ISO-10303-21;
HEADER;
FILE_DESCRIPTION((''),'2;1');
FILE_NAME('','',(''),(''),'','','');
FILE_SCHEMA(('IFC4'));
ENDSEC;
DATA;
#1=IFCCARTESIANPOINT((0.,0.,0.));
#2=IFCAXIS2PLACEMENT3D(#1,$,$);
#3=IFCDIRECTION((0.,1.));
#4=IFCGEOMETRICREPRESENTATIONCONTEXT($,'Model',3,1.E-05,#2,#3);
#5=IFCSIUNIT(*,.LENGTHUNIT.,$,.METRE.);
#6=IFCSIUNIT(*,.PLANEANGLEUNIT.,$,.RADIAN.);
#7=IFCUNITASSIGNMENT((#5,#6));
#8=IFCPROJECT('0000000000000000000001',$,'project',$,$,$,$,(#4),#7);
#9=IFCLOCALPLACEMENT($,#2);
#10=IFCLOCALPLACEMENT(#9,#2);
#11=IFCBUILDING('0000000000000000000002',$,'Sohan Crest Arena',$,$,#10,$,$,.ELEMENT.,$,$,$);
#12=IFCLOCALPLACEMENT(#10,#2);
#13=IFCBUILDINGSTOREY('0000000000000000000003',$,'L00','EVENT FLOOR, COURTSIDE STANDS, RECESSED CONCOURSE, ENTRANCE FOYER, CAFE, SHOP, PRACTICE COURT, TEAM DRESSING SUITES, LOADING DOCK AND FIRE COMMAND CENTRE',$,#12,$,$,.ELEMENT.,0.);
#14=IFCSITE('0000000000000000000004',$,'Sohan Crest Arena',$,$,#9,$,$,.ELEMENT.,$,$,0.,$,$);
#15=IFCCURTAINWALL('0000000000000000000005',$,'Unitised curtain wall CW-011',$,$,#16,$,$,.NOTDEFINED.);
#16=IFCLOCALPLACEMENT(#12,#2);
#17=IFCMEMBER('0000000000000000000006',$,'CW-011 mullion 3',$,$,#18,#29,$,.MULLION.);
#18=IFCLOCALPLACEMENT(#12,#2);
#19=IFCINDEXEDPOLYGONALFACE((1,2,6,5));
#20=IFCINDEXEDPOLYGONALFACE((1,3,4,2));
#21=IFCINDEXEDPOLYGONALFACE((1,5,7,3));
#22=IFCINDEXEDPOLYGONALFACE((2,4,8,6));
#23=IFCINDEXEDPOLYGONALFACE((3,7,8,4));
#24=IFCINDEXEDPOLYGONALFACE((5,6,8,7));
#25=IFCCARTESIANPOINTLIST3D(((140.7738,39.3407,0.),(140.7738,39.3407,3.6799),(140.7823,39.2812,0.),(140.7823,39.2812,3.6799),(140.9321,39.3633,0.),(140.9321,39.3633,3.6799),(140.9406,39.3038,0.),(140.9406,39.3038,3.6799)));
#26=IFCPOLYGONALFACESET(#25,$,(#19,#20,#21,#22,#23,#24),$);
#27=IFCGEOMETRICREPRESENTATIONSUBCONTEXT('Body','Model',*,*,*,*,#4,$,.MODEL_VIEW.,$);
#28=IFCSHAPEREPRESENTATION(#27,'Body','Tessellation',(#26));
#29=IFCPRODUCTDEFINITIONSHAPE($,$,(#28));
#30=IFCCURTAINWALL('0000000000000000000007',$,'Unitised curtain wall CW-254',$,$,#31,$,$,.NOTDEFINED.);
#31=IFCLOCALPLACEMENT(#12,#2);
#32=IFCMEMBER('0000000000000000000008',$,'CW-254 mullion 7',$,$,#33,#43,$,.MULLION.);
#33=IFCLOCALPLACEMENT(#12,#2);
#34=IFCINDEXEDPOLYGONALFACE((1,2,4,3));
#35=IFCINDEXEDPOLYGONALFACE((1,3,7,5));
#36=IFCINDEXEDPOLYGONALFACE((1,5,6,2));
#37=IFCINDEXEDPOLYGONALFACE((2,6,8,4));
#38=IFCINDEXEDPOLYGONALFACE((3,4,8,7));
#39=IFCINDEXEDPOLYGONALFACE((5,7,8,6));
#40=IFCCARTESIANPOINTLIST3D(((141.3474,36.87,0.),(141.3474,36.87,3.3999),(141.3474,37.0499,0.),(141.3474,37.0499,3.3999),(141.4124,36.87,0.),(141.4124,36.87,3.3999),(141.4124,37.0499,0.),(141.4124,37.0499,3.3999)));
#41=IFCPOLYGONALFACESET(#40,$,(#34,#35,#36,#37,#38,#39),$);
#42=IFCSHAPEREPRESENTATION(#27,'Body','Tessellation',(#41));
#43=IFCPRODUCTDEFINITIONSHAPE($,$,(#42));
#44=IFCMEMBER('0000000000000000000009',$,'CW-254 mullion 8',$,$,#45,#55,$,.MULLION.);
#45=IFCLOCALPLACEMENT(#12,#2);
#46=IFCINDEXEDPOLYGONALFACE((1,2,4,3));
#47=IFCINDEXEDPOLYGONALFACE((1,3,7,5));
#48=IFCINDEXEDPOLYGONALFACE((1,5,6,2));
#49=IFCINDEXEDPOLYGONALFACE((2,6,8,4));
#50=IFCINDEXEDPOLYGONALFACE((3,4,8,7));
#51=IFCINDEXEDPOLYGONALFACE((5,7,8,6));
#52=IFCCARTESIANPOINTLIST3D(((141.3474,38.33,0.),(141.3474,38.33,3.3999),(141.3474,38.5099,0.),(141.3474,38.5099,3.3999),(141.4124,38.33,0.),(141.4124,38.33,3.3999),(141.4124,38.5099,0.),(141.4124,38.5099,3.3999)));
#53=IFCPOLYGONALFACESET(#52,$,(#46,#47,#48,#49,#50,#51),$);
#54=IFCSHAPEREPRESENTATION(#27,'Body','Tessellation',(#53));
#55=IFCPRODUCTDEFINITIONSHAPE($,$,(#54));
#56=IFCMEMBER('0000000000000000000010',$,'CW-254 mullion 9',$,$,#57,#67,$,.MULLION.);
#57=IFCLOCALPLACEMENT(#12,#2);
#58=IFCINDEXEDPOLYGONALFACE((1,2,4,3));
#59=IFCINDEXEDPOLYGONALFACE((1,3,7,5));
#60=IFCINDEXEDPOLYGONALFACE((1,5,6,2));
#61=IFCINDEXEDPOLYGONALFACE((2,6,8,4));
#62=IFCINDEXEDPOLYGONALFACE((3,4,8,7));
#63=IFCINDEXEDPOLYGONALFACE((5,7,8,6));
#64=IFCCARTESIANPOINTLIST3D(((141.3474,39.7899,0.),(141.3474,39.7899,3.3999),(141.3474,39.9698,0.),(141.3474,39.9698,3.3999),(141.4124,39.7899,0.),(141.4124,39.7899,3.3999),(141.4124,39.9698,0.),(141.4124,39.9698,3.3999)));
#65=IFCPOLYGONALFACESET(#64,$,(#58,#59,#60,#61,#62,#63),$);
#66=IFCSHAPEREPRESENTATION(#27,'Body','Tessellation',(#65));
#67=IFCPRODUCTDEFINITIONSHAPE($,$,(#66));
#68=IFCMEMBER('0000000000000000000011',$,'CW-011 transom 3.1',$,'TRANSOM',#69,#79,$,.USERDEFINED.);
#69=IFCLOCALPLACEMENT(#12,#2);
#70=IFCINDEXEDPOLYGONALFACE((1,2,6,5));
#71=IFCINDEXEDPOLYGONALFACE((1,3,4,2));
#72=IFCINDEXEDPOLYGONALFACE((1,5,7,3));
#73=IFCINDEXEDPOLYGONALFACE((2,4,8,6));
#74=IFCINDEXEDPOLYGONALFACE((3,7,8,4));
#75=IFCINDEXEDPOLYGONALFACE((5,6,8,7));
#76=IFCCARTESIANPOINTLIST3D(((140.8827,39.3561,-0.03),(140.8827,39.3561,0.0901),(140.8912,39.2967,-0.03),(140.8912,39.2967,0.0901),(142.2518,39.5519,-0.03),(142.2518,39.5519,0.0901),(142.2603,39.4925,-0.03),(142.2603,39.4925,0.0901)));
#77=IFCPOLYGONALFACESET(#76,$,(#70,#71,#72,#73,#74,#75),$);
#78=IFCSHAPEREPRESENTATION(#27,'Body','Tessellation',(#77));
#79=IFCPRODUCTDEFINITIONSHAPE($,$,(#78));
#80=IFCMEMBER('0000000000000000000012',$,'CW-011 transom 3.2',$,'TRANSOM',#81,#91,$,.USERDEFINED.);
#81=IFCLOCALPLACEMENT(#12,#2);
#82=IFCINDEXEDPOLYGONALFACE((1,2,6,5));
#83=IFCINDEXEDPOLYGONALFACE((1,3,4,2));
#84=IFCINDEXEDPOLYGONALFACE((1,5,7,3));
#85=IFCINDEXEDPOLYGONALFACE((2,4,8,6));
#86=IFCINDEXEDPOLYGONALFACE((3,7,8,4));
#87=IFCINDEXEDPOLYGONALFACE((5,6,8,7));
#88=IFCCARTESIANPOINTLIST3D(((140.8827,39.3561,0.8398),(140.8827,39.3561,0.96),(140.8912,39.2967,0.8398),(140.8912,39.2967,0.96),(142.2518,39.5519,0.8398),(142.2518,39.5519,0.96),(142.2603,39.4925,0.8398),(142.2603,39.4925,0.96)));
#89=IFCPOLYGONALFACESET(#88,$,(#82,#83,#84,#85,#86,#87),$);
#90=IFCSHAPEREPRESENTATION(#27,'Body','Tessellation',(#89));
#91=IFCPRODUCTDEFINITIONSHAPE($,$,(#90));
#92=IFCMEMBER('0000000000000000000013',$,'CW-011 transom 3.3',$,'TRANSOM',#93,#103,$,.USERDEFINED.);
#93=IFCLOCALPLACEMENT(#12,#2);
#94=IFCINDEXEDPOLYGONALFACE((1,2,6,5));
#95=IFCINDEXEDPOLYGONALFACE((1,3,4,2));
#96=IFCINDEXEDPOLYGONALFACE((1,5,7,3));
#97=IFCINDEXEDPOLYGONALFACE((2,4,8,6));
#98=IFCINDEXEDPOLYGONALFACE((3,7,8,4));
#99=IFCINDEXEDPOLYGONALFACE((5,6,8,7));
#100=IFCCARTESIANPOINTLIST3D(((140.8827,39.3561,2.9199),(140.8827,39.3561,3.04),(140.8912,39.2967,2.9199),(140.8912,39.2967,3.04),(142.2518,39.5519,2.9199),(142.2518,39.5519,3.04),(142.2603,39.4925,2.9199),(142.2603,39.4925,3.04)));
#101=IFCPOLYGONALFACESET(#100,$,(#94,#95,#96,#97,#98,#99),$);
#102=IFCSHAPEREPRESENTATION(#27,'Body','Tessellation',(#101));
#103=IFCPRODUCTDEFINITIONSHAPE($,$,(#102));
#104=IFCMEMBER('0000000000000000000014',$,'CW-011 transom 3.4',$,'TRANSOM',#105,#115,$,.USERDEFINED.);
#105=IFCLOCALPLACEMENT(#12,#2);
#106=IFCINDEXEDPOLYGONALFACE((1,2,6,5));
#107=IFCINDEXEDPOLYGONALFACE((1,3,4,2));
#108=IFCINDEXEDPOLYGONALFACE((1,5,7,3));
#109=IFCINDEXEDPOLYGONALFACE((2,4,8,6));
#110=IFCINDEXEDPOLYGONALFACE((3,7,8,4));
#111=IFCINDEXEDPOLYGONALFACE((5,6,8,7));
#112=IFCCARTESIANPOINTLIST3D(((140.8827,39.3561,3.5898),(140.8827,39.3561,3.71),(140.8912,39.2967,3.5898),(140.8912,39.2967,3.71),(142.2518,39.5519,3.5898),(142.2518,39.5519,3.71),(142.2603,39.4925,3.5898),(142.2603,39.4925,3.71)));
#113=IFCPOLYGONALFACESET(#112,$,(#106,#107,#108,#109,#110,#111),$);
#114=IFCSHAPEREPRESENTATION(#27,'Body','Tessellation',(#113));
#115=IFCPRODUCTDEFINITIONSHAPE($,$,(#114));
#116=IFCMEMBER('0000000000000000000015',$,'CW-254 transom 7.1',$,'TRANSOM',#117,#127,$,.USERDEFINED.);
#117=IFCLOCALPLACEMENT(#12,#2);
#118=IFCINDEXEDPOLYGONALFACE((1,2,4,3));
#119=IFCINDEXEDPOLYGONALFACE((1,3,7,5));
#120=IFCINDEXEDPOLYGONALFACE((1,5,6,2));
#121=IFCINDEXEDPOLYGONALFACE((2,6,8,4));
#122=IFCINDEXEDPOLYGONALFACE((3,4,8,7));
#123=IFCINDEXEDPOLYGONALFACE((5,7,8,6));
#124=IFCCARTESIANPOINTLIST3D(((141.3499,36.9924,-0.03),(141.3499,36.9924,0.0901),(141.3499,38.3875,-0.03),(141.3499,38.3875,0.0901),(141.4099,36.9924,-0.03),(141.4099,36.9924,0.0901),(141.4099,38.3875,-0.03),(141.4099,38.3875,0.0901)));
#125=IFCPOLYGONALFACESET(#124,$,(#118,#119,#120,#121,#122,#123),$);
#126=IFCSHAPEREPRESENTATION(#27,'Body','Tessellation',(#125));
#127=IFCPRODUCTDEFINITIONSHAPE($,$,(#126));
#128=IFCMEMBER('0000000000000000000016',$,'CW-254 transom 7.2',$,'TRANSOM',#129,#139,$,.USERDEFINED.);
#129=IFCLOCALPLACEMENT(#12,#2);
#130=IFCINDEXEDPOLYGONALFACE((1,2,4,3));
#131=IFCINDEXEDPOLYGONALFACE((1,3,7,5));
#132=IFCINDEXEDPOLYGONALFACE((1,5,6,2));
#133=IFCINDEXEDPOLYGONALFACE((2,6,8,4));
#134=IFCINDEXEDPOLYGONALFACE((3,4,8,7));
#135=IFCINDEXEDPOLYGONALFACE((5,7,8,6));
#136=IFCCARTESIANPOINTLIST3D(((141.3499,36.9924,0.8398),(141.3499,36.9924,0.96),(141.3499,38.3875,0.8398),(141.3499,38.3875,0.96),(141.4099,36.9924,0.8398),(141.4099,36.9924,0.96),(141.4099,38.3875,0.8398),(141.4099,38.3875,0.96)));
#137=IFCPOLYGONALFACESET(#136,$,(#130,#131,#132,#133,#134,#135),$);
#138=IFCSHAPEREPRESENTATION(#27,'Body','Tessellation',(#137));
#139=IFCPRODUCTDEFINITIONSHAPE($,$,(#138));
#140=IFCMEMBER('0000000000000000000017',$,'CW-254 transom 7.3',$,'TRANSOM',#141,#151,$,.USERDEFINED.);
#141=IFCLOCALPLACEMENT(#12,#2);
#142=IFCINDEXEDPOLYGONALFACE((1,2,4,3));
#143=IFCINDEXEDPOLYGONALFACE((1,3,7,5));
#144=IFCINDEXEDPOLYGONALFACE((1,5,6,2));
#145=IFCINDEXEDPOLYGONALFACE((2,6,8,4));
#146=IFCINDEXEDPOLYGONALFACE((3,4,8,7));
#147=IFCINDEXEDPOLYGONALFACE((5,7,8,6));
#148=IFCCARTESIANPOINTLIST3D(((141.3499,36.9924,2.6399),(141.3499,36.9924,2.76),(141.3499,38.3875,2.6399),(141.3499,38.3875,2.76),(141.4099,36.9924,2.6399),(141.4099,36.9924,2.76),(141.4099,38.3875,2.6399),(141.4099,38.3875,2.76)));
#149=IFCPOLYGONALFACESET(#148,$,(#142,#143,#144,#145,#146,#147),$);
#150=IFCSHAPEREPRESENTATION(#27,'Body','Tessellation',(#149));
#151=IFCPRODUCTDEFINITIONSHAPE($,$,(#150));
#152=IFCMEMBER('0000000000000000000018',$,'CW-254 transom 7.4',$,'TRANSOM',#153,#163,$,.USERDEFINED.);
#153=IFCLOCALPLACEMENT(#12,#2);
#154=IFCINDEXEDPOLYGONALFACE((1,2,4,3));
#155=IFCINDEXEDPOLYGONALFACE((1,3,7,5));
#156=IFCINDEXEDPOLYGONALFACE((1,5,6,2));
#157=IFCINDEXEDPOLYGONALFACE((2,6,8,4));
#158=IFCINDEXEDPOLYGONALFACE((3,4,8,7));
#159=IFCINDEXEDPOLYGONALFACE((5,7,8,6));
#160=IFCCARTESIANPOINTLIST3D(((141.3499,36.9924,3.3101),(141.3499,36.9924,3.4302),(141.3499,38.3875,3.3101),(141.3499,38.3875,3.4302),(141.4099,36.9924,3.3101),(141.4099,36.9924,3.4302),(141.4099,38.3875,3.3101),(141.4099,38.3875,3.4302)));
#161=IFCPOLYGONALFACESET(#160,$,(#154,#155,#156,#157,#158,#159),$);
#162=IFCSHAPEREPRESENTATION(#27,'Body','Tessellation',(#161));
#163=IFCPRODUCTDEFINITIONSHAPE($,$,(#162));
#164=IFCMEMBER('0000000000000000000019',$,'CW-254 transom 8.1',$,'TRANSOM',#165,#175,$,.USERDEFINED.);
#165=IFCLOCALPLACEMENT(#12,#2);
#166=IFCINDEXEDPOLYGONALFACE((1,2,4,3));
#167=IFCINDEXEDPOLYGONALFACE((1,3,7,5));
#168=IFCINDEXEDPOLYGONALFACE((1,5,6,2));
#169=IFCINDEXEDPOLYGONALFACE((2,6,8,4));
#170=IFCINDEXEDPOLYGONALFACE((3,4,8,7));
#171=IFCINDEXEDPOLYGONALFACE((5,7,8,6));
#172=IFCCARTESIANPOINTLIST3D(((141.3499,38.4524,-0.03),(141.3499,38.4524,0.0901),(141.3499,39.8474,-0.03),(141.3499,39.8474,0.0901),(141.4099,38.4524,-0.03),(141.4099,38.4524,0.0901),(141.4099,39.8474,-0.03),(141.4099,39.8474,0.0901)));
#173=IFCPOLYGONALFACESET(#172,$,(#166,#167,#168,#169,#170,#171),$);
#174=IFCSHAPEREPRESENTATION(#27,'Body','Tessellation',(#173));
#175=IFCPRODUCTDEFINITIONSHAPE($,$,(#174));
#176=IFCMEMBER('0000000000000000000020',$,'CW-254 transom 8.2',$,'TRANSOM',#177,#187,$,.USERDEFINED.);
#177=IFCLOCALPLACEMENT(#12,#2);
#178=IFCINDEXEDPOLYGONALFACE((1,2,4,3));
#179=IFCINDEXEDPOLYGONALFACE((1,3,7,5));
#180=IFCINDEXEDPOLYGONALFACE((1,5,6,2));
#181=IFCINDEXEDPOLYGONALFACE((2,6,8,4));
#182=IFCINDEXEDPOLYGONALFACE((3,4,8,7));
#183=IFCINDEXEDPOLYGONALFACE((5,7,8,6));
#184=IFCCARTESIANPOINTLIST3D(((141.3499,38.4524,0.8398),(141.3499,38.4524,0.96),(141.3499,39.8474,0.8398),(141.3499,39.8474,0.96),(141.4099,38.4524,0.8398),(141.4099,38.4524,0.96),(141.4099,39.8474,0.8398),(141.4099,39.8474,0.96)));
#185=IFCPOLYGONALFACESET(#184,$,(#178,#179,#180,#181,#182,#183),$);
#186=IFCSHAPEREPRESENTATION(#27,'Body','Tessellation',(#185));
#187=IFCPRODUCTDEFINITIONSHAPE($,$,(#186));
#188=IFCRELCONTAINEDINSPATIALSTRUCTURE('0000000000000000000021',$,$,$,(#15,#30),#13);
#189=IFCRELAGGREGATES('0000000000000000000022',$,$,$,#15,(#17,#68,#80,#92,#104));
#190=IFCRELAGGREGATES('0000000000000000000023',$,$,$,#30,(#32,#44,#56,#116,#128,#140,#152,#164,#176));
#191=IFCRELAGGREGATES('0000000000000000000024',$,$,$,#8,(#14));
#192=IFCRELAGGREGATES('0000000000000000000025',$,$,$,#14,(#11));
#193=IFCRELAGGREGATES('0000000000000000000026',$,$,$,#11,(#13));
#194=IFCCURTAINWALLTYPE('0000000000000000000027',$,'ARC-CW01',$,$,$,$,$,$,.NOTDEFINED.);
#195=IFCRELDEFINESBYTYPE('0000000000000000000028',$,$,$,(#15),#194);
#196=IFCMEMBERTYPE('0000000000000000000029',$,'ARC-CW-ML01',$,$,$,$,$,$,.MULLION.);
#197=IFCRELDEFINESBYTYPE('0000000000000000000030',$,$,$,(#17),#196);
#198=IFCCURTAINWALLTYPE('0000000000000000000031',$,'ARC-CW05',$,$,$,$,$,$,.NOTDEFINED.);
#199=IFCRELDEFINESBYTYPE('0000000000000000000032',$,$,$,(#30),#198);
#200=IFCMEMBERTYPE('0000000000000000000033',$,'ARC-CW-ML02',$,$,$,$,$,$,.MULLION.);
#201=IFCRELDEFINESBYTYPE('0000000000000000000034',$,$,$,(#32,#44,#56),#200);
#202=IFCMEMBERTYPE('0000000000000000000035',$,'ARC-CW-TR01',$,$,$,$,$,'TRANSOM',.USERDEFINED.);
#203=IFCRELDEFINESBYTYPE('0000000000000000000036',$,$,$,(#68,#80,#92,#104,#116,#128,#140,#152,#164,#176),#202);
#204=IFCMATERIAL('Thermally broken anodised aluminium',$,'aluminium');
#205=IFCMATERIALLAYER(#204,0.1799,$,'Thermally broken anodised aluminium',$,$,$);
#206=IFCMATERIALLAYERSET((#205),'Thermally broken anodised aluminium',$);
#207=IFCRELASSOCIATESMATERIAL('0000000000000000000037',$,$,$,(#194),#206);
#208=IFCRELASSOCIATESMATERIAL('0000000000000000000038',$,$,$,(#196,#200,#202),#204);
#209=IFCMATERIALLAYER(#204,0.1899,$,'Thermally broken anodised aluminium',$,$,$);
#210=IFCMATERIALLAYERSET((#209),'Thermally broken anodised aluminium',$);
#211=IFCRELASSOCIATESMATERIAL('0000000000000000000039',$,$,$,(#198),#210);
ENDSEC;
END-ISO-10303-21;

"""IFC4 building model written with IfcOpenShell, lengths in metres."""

from ifc_helpers import new_model, si_unit, direction, frame, origin, origin_2d, place, context, subcontext, project, spatial, rectangle, extrude, material, layer, layer_set, material_profile, profile_set, type_object, element, aggregate, save


model = new_model("IFC4")

# Units and contexts
model_context = context("Model", 3, precision=1e-05, world=origin(), true_north=direction((0.0, 1.0)))
body_context = subcontext(model_context, "Body", "Model", "MODEL_VIEW")
ifc_project = project(units=[si_unit("LENGTHUNIT", "METRE"), si_unit("PLANEANGLEUNIT", "RADIAN")], contexts=[model_context])

# Site, building, storey
site_placement = place(None, origin())
site = spatial("IfcSite", under=ifc_project, at=site_placement, Name="Sohan Crest Arena", CompositionType="ELEMENT", RefElevation=0.0)
building_placement = place(site_placement, origin())
building = spatial("IfcBuilding", under=site, at=building_placement, Name="Sohan Crest Arena", CompositionType="ELEMENT")
storey_placement = place(building_placement, origin())
storey = spatial("IfcBuildingStorey", under=building, at=storey_placement, Name="L00", Description="EVENT FLOOR, COURTSIDE STANDS, RECESSED CONCOURSE, ENTRANCE FOYER, CAFE, SHOP, PRACTICE COURT, TEAM DRESSING SUITES, LOADING DOCK AND FIRE COMMAND CENTRE", CompositionType="ELEMENT", Elevation=0.0)

# Curtain wall, member
ifc_material_1 = material(Name="Thermally broken anodised aluminium", Category="aluminium")
ifc_layer_1 = layer(ifc_material_1, 0.1799, Name="Thermally broken anodised aluminium")
ifc_layer_set_1 = layer_set([ifc_layer_1], Name="Thermally broken anodised aluminium")
curtain_wall_type_1 = type_object("IfcCurtainWallType", Name="ARC-CW01", PredefinedType="NOTDEFINED", material=ifc_layer_set_1)
curtain_wall_1_placement = place(storey_placement, origin())
curtain_wall_1 = element("IfcCurtainWall", 1, at=curtain_wall_1_placement, inside=storey, type_object=curtain_wall_type_1, Name="Unitised curtain wall CW-011", PredefinedType="NOTDEFINED")
ifc_material_profile_1 = material_profile(ifc_material_1, rectangle(XDim=0.0601, YDim=0.1599, at=origin_2d()), Name="ALU-MULL 60x160")
ifc_profile_set_1 = profile_set([ifc_material_profile_1], Name="Thermally broken anodised aluminium")
member_type_1 = type_object("IfcMemberType", Name="ARC-CW-ML01", PredefinedType="MULLION", material=ifc_profile_set_1)
member_1_placement = place(storey_placement, frame((140.8572, 39.3223, 0.0), z_axis=(0.0, 0.0, 1.0), x_axis=(-0.141463, 0.989944, 0.0)))
member_1 = element("IfcMember", 2, at=member_1_placement, type_object=member_type_1, Name="CW-011 mullion 3", PredefinedType="MULLION", context=body_context, shape_type="SweptSolid", body=[
    extrude(rectangle(XDim=0.0601, YDim=0.1599, at=origin_2d()), origin(), (0.0, 0.0, 1.0), 3.6799),
])

# Curtain wall, members
ifc_layer_2 = layer(ifc_material_1, 0.1899, Name="Thermally broken anodised aluminium")
ifc_layer_set_2 = layer_set([ifc_layer_2], Name="Thermally broken anodised aluminium")
curtain_wall_type_2 = type_object("IfcCurtainWallType", Name="ARC-CW05", PredefinedType="NOTDEFINED", material=ifc_layer_set_2)
curtain_wall_2_placement = place(storey_placement, origin())
curtain_wall_2 = element("IfcCurtainWall", 3, at=curtain_wall_2_placement, inside=storey, type_object=curtain_wall_type_2, Name="Unitised curtain wall CW-254", PredefinedType="NOTDEFINED")
ifc_material_profile_2 = material_profile(ifc_material_1, rectangle(XDim=0.0649, YDim=0.1799, at=origin_2d()), Name="ALU-MULL 65x180")
ifc_profile_set_2 = profile_set([ifc_material_profile_2], Name="Thermally broken anodised aluminium")
member_type_2 = type_object("IfcMemberType", Name="ARC-CW-ML02", PredefinedType="MULLION", material=ifc_profile_set_2)
member_2_placement = place(storey_placement, frame((141.3799, 36.96, 0.0), z_axis=(0.0, 0.0, 1.0), x_axis=(-1.0, 0.0, 0.0)))
member_2 = element("IfcMember", 4, at=member_2_placement, type_object=member_type_2, Name="CW-254 mullion 7", PredefinedType="MULLION", context=body_context, shape_type="SweptSolid", body=[
    extrude(rectangle(XDim=0.0649, YDim=0.1799, at=origin_2d()), origin(), (0.0, 0.0, 1.0), 3.3999),
])
member_3_placement = place(storey_placement, frame((141.3799, 38.4199, 0.0), z_axis=(0.0, 0.0, 1.0), x_axis=(-1.0, 0.0, 0.0)))
member_3 = element("IfcMember", 5, at=member_3_placement, type_object=member_type_2, Name="CW-254 mullion 8", PredefinedType="MULLION", context=body_context, shape_type="SweptSolid", body=[
    extrude(rectangle(XDim=0.0649, YDim=0.1799, at=origin_2d()), origin(), (0.0, 0.0, 1.0), 3.3999),
])
member_4_placement = place(storey_placement, frame((141.3799, 39.8799, 0.0), z_axis=(0.0, 0.0, 1.0), x_axis=(-1.0, 0.0, 0.0)))
member_4 = element("IfcMember", 6, at=member_4_placement, type_object=member_type_2, Name="CW-254 mullion 9", PredefinedType="MULLION", context=body_context, shape_type="SweptSolid", body=[
    extrude(rectangle(XDim=0.0649, YDim=0.1799, at=origin_2d()), origin(), (0.0, 0.0, 1.0), 3.3999),
])

# Members
ifc_material_profile_3 = material_profile(ifc_material_1, rectangle(XDim=0.0601, YDim=0.1201, at=origin_2d()), Name="ALU-TRAN 60x120")
ifc_profile_set_3 = profile_set([ifc_material_profile_3], Name="Thermally broken anodised aluminium")
member_type_3 = type_object("IfcMemberType", Name="ARC-CW-TR01", ElementType="TRANSOM", PredefinedType="USERDEFINED", material=ifc_profile_set_3)
member_5_placement = place(storey_placement, frame((140.887, 39.3264, 0.03), z_axis=(0.989928, 0.14157, 0.0), x_axis=(-0.14157, 0.989928, 0.0)))
member_5 = element("IfcMember", 7, at=member_5_placement, type_object=member_type_3, Name="CW-011 transom 3.1", ObjectType="TRANSOM", PredefinedType="USERDEFINED", context=body_context, shape_type="SweptSolid", body=[
    extrude(rectangle(XDim=0.0601, YDim=0.1201, at=origin_2d()), origin(), (0.0, 0.0, 1.0), 1.3831),
])
member_6_placement = place(storey_placement, frame((140.887, 39.3264, 0.8999), z_axis=(0.989928, 0.14157, 0.0), x_axis=(-0.14157, 0.989928, 0.0)))
member_6 = element("IfcMember", 8, at=member_6_placement, type_object=member_type_3, Name="CW-011 transom 3.2", ObjectType="TRANSOM", PredefinedType="USERDEFINED", context=body_context, shape_type="SweptSolid", body=[
    extrude(rectangle(XDim=0.0601, YDim=0.1201, at=origin_2d()), origin(), (0.0, 0.0, 1.0), 1.3831),
])
member_7_placement = place(storey_placement, frame((140.887, 39.3264, 2.98), z_axis=(0.989928, 0.14157, 0.0), x_axis=(-0.14157, 0.989928, 0.0)))
member_7 = element("IfcMember", 9, at=member_7_placement, type_object=member_type_3, Name="CW-011 transom 3.3", ObjectType="TRANSOM", PredefinedType="USERDEFINED", context=body_context, shape_type="SweptSolid", body=[
    extrude(rectangle(XDim=0.0601, YDim=0.1201, at=origin_2d()), origin(), (0.0, 0.0, 1.0), 1.3831),
])
member_8_placement = place(storey_placement, frame((140.887, 39.3264, 3.6499), z_axis=(0.989928, 0.14157, 0.0), x_axis=(-0.14157, 0.989928, 0.0)))
member_8 = element("IfcMember", 10, at=member_8_placement, type_object=member_type_3, Name="CW-011 transom 3.4", ObjectType="TRANSOM", PredefinedType="USERDEFINED", context=body_context, shape_type="SweptSolid", body=[
    extrude(rectangle(XDim=0.0601, YDim=0.1201, at=origin_2d()), origin(), (0.0, 0.0, 1.0), 1.3831),
])
member_9_placement = place(storey_placement, frame((141.3799, 36.9924, 0.03), z_axis=(0.0, 1.0, 0.0), x_axis=(-1.0, 0.0, 0.0)))
member_9 = element("IfcMember", 11, at=member_9_placement, type_object=member_type_3, Name="CW-254 transom 7.1", ObjectType="TRANSOM", PredefinedType="USERDEFINED", context=body_context, shape_type="SweptSolid", body=[
    extrude(rectangle(XDim=0.0601, YDim=0.1201, at=origin_2d()), origin(), (0.0, 0.0, 1.0), 1.395),
])
member_10_placement = place(storey_placement, frame((141.3799, 36.9924, 0.8999), z_axis=(0.0, 1.0, 0.0), x_axis=(-1.0, 0.0, 0.0)))
member_10 = element("IfcMember", 12, at=member_10_placement, type_object=member_type_3, Name="CW-254 transom 7.2", ObjectType="TRANSOM", PredefinedType="USERDEFINED", context=body_context, shape_type="SweptSolid", body=[
    extrude(rectangle(XDim=0.0601, YDim=0.1201, at=origin_2d()), origin(), (0.0, 0.0, 1.0), 1.395),
])
member_11_placement = place(storey_placement, frame((141.3799, 36.9924, 2.7), z_axis=(0.0, 1.0, 0.0), x_axis=(-1.0, 0.0, 0.0)))
member_11 = element("IfcMember", 13, at=member_11_placement, type_object=member_type_3, Name="CW-254 transom 7.3", ObjectType="TRANSOM", PredefinedType="USERDEFINED", context=body_context, shape_type="SweptSolid", body=[
    extrude(rectangle(XDim=0.0601, YDim=0.1201, at=origin_2d()), origin(), (0.0, 0.0, 1.0), 1.395),
])
member_12_placement = place(storey_placement, frame((141.3799, 36.9924, 3.3701), z_axis=(0.0, 1.0, 0.0), x_axis=(-1.0, 0.0, 0.0)))
member_12 = element("IfcMember", 14, at=member_12_placement, type_object=member_type_3, Name="CW-254 transom 7.4", ObjectType="TRANSOM", PredefinedType="USERDEFINED", context=body_context, shape_type="SweptSolid", body=[
    extrude(rectangle(XDim=0.0601, YDim=0.1201, at=origin_2d()), origin(), (0.0, 0.0, 1.0), 1.395),
])
member_13_placement = place(storey_placement, frame((141.3799, 38.4524, 0.03), z_axis=(0.0, 1.0, 0.0), x_axis=(-1.0, 0.0, 0.0)))
member_13 = element("IfcMember", 15, at=member_13_placement, type_object=member_type_3, Name="CW-254 transom 8.1", ObjectType="TRANSOM", PredefinedType="USERDEFINED", context=body_context, shape_type="SweptSolid", body=[
    extrude(rectangle(XDim=0.0601, YDim=0.1201, at=origin_2d()), origin(), (0.0, 0.0, 1.0), 1.395),
])
member_14_placement = place(storey_placement, frame((141.3799, 38.4524, 0.8999), z_axis=(0.0, 1.0, 0.0), x_axis=(-1.0, 0.0, 0.0)))
member_14 = element("IfcMember", 16, at=member_14_placement, type_object=member_type_3, Name="CW-254 transom 8.2", ObjectType="TRANSOM", PredefinedType="USERDEFINED", context=body_context, shape_type="SweptSolid", body=[
    extrude(rectangle(XDim=0.0601, YDim=0.1201, at=origin_2d()), origin(), (0.0, 0.0, 1.0), 1.395),
])

aggregate(curtain_wall_1, [member_1, member_5, member_6, member_7, member_8])
aggregate(curtain_wall_2, [member_2, member_3, member_4, member_9, member_10, member_11, member_12, member_13, member_14])

save(model, "model.ifc")
